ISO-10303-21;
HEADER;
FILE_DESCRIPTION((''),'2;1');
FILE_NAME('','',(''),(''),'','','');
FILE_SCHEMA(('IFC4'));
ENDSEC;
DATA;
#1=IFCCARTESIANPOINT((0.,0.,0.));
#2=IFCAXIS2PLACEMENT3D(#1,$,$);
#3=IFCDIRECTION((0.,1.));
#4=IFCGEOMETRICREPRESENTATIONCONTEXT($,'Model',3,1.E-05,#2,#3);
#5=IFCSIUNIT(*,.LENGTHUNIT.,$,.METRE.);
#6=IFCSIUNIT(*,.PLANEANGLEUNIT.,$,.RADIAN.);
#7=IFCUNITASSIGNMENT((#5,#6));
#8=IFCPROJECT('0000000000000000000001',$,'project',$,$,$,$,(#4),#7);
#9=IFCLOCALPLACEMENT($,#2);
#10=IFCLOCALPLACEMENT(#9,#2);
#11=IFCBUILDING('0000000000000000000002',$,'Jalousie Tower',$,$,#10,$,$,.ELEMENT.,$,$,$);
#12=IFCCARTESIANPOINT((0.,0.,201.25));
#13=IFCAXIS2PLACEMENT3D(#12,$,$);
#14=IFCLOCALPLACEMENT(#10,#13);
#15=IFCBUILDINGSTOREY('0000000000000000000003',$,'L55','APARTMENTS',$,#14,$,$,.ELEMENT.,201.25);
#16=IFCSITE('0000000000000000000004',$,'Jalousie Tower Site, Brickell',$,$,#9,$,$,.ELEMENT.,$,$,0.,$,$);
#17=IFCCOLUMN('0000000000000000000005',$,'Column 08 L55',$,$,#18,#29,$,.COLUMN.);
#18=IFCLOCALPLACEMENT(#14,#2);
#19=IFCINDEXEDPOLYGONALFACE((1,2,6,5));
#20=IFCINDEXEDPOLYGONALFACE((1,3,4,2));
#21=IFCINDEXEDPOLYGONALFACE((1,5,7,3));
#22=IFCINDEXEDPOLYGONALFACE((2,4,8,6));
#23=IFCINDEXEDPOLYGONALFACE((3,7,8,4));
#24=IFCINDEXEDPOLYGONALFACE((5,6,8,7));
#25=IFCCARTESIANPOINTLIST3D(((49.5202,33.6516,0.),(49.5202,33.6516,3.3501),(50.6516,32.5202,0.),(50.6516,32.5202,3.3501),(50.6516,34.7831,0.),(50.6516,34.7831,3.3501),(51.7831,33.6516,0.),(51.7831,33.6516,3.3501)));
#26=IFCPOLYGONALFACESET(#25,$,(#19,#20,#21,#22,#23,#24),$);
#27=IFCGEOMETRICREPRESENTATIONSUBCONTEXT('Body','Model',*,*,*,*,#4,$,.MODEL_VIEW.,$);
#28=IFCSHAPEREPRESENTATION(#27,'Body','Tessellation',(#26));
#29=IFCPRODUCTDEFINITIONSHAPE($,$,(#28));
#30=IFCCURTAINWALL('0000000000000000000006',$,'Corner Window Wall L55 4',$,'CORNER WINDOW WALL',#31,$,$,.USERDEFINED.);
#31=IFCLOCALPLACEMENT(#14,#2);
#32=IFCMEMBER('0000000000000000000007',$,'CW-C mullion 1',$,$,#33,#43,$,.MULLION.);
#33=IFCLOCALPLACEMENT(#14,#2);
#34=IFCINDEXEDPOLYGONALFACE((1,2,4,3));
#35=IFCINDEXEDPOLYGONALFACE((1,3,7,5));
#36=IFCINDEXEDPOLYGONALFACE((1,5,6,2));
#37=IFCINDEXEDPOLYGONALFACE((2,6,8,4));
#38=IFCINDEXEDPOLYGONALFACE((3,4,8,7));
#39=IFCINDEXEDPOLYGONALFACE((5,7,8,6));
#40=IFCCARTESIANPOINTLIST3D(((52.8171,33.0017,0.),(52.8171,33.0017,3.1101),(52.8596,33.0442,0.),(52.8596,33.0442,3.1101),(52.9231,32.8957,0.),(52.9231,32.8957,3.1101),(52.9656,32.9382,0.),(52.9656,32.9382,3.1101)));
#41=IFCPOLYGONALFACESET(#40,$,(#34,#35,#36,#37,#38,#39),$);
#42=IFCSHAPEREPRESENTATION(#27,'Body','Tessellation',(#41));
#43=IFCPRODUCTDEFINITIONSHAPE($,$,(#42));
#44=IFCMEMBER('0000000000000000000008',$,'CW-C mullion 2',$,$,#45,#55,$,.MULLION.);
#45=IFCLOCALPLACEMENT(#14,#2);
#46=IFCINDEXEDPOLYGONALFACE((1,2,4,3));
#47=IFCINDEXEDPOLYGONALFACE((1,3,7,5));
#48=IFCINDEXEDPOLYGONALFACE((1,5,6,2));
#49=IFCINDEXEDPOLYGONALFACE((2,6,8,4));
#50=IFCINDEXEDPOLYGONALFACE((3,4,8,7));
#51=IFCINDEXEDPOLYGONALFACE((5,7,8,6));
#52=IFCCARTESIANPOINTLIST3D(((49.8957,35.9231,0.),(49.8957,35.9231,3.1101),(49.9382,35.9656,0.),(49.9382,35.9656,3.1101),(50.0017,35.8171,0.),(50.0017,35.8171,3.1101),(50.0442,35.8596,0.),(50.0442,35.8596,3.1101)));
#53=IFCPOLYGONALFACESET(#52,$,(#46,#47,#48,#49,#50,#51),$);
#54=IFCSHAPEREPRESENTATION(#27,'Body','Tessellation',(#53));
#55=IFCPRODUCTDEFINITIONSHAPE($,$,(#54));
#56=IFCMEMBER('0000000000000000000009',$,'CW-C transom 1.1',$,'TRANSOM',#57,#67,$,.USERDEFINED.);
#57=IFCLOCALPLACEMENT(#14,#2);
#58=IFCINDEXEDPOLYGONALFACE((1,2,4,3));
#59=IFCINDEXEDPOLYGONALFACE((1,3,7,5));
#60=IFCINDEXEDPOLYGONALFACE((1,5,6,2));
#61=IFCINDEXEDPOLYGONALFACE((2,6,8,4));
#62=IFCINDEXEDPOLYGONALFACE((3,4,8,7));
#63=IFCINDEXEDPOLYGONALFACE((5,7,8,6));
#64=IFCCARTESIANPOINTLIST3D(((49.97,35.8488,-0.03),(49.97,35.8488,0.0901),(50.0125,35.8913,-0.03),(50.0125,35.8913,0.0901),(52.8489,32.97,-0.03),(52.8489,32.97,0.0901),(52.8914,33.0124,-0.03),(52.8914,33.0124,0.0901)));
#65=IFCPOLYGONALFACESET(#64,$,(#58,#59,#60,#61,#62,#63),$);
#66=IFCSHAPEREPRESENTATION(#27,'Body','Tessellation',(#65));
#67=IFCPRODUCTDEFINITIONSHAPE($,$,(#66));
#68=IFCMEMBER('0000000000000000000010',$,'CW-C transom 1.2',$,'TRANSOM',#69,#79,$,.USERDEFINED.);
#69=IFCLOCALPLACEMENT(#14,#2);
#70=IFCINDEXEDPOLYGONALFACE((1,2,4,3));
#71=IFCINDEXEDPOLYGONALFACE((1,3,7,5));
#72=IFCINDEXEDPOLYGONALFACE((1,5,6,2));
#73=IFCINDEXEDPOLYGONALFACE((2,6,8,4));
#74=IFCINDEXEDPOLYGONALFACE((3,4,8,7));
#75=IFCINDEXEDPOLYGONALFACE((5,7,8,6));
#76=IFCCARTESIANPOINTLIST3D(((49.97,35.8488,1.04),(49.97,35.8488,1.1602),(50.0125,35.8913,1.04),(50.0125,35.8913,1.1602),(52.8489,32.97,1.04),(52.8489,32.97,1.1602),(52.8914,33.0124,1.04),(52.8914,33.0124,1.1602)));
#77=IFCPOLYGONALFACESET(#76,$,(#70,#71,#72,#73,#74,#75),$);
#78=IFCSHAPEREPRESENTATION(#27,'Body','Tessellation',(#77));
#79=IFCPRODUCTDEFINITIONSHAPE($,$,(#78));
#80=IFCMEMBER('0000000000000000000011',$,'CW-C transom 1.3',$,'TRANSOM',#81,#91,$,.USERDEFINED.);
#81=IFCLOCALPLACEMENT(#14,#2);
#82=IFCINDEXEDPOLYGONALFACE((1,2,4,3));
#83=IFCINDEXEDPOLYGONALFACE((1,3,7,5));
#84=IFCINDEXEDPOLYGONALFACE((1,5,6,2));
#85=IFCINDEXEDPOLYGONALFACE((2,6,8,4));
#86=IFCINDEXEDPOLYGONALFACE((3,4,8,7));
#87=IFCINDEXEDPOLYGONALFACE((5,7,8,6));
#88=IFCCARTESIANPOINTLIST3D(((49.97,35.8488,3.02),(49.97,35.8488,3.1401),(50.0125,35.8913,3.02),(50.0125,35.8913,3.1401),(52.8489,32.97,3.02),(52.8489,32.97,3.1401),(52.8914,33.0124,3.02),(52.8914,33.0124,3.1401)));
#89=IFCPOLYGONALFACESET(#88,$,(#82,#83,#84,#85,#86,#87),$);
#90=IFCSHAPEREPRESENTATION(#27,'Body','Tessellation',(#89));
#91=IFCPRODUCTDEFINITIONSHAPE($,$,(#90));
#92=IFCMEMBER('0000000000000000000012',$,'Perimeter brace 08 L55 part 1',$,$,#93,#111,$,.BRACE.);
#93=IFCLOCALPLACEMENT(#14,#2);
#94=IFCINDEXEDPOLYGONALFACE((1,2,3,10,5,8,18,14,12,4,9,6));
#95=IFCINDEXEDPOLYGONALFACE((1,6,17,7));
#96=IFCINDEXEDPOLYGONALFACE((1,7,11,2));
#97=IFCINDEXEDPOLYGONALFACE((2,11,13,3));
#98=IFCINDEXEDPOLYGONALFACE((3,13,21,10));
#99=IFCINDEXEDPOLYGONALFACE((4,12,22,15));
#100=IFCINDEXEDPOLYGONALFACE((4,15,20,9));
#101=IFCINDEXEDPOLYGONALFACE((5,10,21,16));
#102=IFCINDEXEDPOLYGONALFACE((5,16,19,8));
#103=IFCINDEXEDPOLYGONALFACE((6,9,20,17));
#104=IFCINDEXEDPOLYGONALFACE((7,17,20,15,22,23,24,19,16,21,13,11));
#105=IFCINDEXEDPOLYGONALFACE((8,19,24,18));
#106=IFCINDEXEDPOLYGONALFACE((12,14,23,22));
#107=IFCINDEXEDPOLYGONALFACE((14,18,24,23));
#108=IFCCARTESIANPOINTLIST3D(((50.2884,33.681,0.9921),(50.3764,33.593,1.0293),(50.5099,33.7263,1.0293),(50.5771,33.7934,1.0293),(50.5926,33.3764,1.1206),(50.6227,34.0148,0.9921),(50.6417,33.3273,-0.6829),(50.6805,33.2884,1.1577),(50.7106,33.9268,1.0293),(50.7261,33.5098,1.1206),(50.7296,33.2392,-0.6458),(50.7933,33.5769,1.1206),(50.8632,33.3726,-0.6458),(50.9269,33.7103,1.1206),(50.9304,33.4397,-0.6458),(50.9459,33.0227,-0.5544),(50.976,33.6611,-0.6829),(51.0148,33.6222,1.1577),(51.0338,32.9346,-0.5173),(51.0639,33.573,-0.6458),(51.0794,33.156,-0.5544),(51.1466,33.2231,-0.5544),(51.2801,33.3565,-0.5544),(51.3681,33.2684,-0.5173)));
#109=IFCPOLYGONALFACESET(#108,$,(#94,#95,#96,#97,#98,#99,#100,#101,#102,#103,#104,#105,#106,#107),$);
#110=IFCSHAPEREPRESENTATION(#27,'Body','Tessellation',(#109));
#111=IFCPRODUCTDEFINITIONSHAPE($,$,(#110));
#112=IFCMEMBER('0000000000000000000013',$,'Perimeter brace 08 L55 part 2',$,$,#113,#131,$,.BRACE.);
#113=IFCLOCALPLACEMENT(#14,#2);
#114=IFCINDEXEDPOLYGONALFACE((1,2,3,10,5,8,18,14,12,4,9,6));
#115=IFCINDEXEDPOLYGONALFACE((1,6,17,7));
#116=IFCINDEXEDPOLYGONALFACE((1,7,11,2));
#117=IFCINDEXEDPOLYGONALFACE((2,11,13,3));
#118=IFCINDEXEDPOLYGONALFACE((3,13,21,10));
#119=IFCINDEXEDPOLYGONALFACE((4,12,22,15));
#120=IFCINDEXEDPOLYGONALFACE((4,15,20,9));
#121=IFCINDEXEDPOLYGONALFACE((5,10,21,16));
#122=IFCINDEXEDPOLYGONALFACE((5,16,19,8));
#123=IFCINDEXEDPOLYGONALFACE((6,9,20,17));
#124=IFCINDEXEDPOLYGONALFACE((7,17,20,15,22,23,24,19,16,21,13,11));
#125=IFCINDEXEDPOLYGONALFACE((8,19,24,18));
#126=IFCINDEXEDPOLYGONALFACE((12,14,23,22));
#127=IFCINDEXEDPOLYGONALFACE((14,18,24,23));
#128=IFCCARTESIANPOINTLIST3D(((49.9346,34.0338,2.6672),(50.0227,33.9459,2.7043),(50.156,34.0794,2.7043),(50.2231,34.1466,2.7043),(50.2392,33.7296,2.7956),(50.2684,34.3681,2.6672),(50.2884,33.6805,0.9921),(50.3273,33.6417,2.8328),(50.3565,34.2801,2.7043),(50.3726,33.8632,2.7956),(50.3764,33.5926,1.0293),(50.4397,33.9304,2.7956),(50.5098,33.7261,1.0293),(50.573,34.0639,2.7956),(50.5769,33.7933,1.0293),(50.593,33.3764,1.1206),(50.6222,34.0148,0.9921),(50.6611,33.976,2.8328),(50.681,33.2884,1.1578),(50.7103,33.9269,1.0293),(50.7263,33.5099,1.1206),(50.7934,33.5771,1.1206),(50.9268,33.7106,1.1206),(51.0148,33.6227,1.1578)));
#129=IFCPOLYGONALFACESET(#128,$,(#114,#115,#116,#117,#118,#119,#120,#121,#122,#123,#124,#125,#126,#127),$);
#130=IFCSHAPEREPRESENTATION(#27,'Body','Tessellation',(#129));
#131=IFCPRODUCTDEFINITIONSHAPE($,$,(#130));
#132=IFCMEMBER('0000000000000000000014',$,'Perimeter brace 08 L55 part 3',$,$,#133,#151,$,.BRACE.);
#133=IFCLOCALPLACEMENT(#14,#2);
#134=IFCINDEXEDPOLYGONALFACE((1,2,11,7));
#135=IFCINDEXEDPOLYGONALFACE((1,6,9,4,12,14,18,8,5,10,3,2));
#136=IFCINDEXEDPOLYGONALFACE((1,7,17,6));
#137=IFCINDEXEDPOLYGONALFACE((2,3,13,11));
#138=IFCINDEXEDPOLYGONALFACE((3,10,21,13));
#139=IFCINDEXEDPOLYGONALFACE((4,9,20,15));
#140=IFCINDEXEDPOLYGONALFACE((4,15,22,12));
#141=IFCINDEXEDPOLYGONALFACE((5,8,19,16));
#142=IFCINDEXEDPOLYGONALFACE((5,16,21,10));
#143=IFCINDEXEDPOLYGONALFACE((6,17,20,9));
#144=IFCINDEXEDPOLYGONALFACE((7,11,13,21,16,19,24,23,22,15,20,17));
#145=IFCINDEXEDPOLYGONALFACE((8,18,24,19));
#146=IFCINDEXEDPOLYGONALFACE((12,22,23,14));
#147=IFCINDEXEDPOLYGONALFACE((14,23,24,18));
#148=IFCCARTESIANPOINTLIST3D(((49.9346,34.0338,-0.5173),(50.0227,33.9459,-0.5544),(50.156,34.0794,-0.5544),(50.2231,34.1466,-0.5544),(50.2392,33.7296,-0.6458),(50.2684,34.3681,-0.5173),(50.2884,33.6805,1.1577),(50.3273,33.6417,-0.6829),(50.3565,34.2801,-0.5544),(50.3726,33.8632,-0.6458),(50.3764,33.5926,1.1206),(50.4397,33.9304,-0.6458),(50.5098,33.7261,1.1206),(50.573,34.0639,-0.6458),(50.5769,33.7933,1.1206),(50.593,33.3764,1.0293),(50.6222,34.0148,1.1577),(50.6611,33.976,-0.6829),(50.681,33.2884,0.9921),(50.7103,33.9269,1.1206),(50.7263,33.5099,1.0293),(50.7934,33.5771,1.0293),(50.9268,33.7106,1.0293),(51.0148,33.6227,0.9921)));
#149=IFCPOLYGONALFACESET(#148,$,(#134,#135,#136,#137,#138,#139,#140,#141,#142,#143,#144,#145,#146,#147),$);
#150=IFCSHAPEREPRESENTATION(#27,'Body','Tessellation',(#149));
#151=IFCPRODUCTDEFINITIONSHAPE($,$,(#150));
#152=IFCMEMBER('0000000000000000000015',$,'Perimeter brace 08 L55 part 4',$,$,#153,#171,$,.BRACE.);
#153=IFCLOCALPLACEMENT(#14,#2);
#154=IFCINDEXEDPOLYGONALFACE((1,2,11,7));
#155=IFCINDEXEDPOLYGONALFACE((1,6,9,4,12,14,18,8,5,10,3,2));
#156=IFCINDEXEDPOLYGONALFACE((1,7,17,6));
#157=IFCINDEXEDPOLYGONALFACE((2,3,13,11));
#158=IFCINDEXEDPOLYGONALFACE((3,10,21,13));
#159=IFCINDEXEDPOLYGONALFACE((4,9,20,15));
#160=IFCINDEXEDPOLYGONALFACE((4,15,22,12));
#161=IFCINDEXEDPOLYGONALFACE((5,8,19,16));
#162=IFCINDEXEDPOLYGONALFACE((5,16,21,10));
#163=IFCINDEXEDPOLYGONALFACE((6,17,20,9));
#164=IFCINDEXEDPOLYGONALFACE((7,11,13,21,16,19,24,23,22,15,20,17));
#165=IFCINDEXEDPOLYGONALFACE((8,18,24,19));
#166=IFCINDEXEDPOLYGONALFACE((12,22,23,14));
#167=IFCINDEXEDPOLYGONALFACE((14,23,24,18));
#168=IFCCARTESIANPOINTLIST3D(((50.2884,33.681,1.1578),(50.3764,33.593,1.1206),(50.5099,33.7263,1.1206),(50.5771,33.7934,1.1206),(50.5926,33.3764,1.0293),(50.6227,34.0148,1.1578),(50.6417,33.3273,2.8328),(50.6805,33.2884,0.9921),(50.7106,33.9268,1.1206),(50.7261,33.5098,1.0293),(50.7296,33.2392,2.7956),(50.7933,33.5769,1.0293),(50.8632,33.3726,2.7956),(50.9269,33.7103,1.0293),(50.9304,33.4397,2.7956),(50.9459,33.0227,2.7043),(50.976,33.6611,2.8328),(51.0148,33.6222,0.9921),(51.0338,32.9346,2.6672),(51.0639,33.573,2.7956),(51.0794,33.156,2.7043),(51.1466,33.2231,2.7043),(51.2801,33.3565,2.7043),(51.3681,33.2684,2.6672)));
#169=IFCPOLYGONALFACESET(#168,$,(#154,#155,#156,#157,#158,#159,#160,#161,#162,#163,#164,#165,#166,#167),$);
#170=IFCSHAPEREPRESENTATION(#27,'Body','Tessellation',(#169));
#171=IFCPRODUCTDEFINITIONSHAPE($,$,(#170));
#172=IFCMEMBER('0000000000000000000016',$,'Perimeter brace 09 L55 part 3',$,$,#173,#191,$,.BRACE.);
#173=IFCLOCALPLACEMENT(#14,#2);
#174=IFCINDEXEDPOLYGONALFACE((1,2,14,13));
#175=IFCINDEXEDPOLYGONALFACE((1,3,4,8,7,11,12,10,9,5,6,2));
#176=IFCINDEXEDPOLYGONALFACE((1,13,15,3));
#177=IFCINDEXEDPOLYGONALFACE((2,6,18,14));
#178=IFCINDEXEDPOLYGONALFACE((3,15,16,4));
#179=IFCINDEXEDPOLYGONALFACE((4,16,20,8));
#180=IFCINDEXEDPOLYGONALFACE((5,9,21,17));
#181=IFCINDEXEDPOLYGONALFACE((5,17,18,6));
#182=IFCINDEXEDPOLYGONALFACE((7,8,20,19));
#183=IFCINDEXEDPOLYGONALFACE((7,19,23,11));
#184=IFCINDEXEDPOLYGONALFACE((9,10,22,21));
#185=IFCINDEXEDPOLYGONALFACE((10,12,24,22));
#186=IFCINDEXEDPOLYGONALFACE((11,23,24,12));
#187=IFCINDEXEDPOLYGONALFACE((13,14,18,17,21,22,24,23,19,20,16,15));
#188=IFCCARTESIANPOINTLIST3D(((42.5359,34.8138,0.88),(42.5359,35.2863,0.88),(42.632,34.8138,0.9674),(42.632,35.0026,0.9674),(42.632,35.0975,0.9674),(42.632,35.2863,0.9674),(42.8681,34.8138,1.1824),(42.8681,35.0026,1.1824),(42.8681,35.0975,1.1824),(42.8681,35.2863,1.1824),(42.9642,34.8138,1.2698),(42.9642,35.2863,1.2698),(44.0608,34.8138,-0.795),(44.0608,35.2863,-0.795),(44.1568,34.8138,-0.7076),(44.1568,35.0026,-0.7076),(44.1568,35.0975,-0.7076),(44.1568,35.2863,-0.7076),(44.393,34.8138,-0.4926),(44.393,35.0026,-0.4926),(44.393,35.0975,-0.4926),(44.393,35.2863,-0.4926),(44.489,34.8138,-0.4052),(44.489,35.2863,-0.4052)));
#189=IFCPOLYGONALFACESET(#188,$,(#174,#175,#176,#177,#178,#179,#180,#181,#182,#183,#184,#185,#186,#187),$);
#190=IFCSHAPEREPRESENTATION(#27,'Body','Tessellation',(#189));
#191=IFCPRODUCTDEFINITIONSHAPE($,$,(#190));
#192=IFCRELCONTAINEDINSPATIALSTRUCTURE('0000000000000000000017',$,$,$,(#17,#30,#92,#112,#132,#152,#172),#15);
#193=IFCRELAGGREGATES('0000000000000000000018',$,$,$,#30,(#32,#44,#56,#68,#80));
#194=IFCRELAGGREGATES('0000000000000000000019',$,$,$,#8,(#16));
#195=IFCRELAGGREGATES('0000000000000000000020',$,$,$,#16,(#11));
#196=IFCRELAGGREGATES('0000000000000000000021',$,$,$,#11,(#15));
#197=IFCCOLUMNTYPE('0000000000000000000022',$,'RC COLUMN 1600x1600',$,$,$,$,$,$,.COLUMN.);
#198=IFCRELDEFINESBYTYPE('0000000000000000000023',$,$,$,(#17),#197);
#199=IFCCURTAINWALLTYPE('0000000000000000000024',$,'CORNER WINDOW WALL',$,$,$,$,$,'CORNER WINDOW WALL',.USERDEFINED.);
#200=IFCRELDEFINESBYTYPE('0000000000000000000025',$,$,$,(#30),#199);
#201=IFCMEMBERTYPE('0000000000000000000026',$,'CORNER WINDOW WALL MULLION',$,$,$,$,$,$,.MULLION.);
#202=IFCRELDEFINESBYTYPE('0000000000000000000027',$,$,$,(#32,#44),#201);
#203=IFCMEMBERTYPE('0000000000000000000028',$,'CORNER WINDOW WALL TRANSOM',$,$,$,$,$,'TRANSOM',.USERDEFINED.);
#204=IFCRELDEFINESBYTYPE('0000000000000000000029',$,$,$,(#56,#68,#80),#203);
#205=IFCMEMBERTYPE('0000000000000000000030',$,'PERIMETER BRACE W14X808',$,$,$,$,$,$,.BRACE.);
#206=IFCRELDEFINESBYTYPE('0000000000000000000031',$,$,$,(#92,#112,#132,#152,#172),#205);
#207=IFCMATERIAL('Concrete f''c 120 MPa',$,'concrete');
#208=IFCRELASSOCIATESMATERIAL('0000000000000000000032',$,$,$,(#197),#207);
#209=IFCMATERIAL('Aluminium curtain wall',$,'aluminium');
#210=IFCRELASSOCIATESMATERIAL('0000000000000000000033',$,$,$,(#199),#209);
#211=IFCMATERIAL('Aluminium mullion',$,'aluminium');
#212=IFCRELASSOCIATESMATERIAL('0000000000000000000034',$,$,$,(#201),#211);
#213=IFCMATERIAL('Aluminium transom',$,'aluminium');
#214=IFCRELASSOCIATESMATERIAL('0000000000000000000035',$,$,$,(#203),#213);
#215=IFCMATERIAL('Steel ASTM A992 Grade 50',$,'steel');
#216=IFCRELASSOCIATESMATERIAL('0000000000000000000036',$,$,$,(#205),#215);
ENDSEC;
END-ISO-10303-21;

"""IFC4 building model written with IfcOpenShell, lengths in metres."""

from ifc_helpers import new_model, si_unit, direction, frame, origin, origin_2d, place, context, subcontext, project, spatial, rectangle, i_section, extrude, material, material_profile, profile_set, type_object, element, aggregate, save


model = new_model("IFC4")

# Units and contexts
model_context = context("Model", 3, precision=1e-05, world=origin(), true_north=direction((0.0, 1.0)))
body_context = subcontext(model_context, "Body", "Model", "MODEL_VIEW")
ifc_project = project(units=[si_unit("LENGTHUNIT", "METRE"), si_unit("PLANEANGLEUNIT", "RADIAN")], contexts=[model_context])

# Site, building, storey
site_placement = place(None, origin())
site = spatial("IfcSite", under=ifc_project, at=site_placement, Name="Jalousie Tower Site, Brickell", CompositionType="ELEMENT", RefElevation=0.0)
building_placement = place(site_placement, origin())
building = spatial("IfcBuilding", under=site, at=building_placement, Name="Jalousie Tower", CompositionType="ELEMENT")
storey_placement = place(building_placement, frame((0.0, 0.0, 201.25)))
storey = spatial("IfcBuildingStorey", under=building, at=storey_placement, Name="L55", Description="APARTMENTS", CompositionType="ELEMENT", Elevation=201.25)

# Column
ifc_material_1 = material(Name="Concrete f'c 120 MPa", Category="concrete")
ifc_material_profile_1 = material_profile(ifc_material_1, rectangle(XDim=1.6001, YDim=1.6001, at=origin_2d()), Name="RC 1600x1600")
ifc_profile_set_1 = profile_set([ifc_material_profile_1], Name="Concrete f'c 120 MPa")
column_type = type_object("IfcColumnType", Name="RC COLUMN 1600x1600", PredefinedType="COLUMN", material=ifc_profile_set_1)
column_placement = place(storey_placement, frame((50.6516, 33.6516, 0.0), z_axis=(0.0, 0.0, 1.0), x_axis=(0.707107, 0.707107, 0.0)))
element("IfcColumn", 1, at=column_placement, inside=storey, type_object=column_type, Name="Column 08 L55", PredefinedType="COLUMN", context=body_context, shape_type="SweptSolid", body=[
    extrude(rectangle(XDim=1.6001, YDim=1.6001, at=origin_2d()), origin(), (0.0, 0.0, 1.0), 3.3501),
])

# Curtain wall, members
ifc_material_2 = material(Name="Aluminium curtain wall", Category="aluminium")
curtain_wall_type_1 = type_object("IfcCurtainWallType", Name="CORNER WINDOW WALL", ElementType="CORNER WINDOW WALL", PredefinedType="USERDEFINED", material=ifc_material_2)
curtain_wall_1_placement = place(storey_placement, origin())
curtain_wall_1 = element("IfcCurtainWall", 2, at=curtain_wall_1_placement, inside=storey, type_object=curtain_wall_type_1, Name="Corner Window Wall L55 4", ObjectType="CORNER WINDOW WALL", PredefinedType="USERDEFINED")
ifc_material_3 = material(Name="Aluminium mullion", Category="aluminium")
ifc_material_profile_2 = material_profile(ifc_material_3, rectangle(XDim=0.0601, YDim=0.1499, at=origin_2d()), Name="MULLION 60x150")
ifc_profile_set_2 = profile_set([ifc_material_profile_2], Name="Aluminium mullion")
member_type_1 = type_object("IfcMemberType", Name="CORNER WINDOW WALL MULLION", PredefinedType="MULLION", material=ifc_profile_set_2)
member_1_placement = place(storey_placement, frame((52.8914, 32.97, 0.0), z_axis=(0.0, 0.0, 1.0), x_axis=(-0.707107, -0.707107, 0.0)))
member_1 = element("IfcMember", 3, at=member_1_placement, type_object=member_type_1, Name="CW-C mullion 1", PredefinedType="MULLION", context=body_context, shape_type="SweptSolid", body=[
    extrude(rectangle(XDim=0.0601, YDim=0.1499, at=origin_2d()), origin(), (0.0, 0.0, 1.0), 3.1101),
])
member_2_placement = place(storey_placement, frame((49.97, 35.8914, 0.0), z_axis=(0.0, 0.0, 1.0), x_axis=(-0.707107, -0.707107, 0.0)))
member_2 = element("IfcMember", 4, at=member_2_placement, type_object=member_type_1, Name="CW-C mullion 2", PredefinedType="MULLION", context=body_context, shape_type="SweptSolid", body=[
    extrude(rectangle(XDim=0.0601, YDim=0.1499, at=origin_2d()), origin(), (0.0, 0.0, 1.0), 3.1101),
])
ifc_material_4 = material(Name="Aluminium transom", Category="aluminium")
ifc_material_profile_3 = material_profile(ifc_material_4, rectangle(XDim=0.0601, YDim=0.1201, at=origin_2d()), Name="TRANSOM 60x120")
ifc_profile_set_3 = profile_set([ifc_material_profile_3], Name="Aluminium transom")
member_type_2 = type_object("IfcMemberType", Name="CORNER WINDOW WALL TRANSOM", ElementType="TRANSOM", PredefinedType="USERDEFINED", material=ifc_profile_set_3)
member_3_placement = place(storey_placement, frame((52.8701, 32.9912, 0.03), z_axis=(-0.707107, 0.707107, 0.0), x_axis=(-0.707107, -0.707107, 0.0)))
member_3 = element("IfcMember", 5, at=member_3_placement, type_object=member_type_2, Name="CW-C transom 1.1", ObjectType="TRANSOM", PredefinedType="USERDEFINED", context=body_context, shape_type="SweptSolid", body=[
    extrude(rectangle(XDim=0.0601, YDim=0.1201, at=origin_2d()), origin(), (0.0, 0.0, 1.0), 4.0713),
])
member_4_placement = place(storey_placement, frame((52.8701, 32.9912, 1.1001), z_axis=(-0.707107, 0.707107, 0.0), x_axis=(-0.707107, -0.707107, 0.0)))
member_4 = element("IfcMember", 6, at=member_4_placement, type_object=member_type_2, Name="CW-C transom 1.2", ObjectType="TRANSOM", PredefinedType="USERDEFINED", context=body_context, shape_type="SweptSolid", body=[
    extrude(rectangle(XDim=0.0601, YDim=0.1201, at=origin_2d()), origin(), (0.0, 0.0, 1.0), 4.0713),
])
member_5_placement = place(storey_placement, frame((52.8701, 32.9912, 3.0801), z_axis=(-0.707107, 0.707107, 0.0), x_axis=(-0.707107, -0.707107, 0.0)))
member_5 = element("IfcMember", 7, at=member_5_placement, type_object=member_type_2, Name="CW-C transom 1.3", ObjectType="TRANSOM", PredefinedType="USERDEFINED", context=body_context, shape_type="SweptSolid", body=[
    extrude(rectangle(XDim=0.0601, YDim=0.1201, at=origin_2d()), origin(), (0.0, 0.0, 1.0), 4.0713),
])

# Members
ifc_material_5 = material(Name="Steel ASTM A992 Grade 50", Category="steel")
ifc_material_profile_4 = material_profile(ifc_material_5, i_section(OverallWidth=0.4724, OverallDepth=0.5791, WebThickness=0.095, FlangeThickness=0.1299, at=origin_2d()), Name="W14X808")
ifc_profile_set_4 = profile_set([ifc_material_profile_4], Name="Steel ASTM A992 Grade 50")
member_type_3 = type_object("IfcMemberType", Name="PERIMETER BRACE W14X808", PredefinedType="BRACE", material=ifc_profile_set_4)
for number, where, z_axis, x_axis, name in (
    (8, (51.0049, 33.2979, -0.6001), (-0.202093, 0.202372, 0.95823), (-0.707595, -0.706618, 0.0), "Perimeter brace 08 L55 part 1"),
    (9, (50.6516, 33.6516, 1.075), (-0.202372, 0.202093, 0.95823), (-0.706618, -0.707595, 0.0), "Perimeter brace 08 L55 part 2"),
    (10, (50.2979, 34.0049, -0.6001), (0.202372, -0.202093, 0.95823), (0.706618, 0.707595, 0.0), "Perimeter brace 08 L55 part 3"),
    (11, (50.6516, 33.6516, 1.075), (0.202093, -0.202372, 0.95823), (0.707595, 0.706618, 0.0), "Perimeter brace 08 L55 part 4"),
):
    element("IfcMember", number, at=place(storey_placement, frame(where, z_axis=z_axis, x_axis=x_axis)), inside=storey, type_object=member_type_3, Name=name, PredefinedType="BRACE", context=body_context, shape_type="SweptSolid", body=[
        extrude(i_section(OverallWidth=0.4724, OverallDepth=0.5791, WebThickness=0.095, FlangeThickness=0.1299, at=origin_2d()), origin(), (0.0, 0.0, 1.0), 1.748),
    ])
member_6_placement = place(storey_placement, frame((44.2749, 35.05, -0.6001), z_axis=(-0.673188, 0.0, 0.739472), x_axis=(0.0, -1.0, 0.0)))
element("IfcMember", 12, at=member_6_placement, inside=storey, type_object=member_type_3, Name="Perimeter brace 09 L55 part 3", PredefinedType="BRACE", context=body_context, shape_type="SweptSolid", body=[
    extrude(i_section(OverallWidth=0.4724, OverallDepth=0.5791, WebThickness=0.095, FlangeThickness=0.1299, at=origin_2d()), origin(), (0.0, 0.0, 1.0), 2.2651),
])

aggregate(curtain_wall_1, [member_1, member_2, member_3, member_4, member_5])

save(model, "model.ifc")
